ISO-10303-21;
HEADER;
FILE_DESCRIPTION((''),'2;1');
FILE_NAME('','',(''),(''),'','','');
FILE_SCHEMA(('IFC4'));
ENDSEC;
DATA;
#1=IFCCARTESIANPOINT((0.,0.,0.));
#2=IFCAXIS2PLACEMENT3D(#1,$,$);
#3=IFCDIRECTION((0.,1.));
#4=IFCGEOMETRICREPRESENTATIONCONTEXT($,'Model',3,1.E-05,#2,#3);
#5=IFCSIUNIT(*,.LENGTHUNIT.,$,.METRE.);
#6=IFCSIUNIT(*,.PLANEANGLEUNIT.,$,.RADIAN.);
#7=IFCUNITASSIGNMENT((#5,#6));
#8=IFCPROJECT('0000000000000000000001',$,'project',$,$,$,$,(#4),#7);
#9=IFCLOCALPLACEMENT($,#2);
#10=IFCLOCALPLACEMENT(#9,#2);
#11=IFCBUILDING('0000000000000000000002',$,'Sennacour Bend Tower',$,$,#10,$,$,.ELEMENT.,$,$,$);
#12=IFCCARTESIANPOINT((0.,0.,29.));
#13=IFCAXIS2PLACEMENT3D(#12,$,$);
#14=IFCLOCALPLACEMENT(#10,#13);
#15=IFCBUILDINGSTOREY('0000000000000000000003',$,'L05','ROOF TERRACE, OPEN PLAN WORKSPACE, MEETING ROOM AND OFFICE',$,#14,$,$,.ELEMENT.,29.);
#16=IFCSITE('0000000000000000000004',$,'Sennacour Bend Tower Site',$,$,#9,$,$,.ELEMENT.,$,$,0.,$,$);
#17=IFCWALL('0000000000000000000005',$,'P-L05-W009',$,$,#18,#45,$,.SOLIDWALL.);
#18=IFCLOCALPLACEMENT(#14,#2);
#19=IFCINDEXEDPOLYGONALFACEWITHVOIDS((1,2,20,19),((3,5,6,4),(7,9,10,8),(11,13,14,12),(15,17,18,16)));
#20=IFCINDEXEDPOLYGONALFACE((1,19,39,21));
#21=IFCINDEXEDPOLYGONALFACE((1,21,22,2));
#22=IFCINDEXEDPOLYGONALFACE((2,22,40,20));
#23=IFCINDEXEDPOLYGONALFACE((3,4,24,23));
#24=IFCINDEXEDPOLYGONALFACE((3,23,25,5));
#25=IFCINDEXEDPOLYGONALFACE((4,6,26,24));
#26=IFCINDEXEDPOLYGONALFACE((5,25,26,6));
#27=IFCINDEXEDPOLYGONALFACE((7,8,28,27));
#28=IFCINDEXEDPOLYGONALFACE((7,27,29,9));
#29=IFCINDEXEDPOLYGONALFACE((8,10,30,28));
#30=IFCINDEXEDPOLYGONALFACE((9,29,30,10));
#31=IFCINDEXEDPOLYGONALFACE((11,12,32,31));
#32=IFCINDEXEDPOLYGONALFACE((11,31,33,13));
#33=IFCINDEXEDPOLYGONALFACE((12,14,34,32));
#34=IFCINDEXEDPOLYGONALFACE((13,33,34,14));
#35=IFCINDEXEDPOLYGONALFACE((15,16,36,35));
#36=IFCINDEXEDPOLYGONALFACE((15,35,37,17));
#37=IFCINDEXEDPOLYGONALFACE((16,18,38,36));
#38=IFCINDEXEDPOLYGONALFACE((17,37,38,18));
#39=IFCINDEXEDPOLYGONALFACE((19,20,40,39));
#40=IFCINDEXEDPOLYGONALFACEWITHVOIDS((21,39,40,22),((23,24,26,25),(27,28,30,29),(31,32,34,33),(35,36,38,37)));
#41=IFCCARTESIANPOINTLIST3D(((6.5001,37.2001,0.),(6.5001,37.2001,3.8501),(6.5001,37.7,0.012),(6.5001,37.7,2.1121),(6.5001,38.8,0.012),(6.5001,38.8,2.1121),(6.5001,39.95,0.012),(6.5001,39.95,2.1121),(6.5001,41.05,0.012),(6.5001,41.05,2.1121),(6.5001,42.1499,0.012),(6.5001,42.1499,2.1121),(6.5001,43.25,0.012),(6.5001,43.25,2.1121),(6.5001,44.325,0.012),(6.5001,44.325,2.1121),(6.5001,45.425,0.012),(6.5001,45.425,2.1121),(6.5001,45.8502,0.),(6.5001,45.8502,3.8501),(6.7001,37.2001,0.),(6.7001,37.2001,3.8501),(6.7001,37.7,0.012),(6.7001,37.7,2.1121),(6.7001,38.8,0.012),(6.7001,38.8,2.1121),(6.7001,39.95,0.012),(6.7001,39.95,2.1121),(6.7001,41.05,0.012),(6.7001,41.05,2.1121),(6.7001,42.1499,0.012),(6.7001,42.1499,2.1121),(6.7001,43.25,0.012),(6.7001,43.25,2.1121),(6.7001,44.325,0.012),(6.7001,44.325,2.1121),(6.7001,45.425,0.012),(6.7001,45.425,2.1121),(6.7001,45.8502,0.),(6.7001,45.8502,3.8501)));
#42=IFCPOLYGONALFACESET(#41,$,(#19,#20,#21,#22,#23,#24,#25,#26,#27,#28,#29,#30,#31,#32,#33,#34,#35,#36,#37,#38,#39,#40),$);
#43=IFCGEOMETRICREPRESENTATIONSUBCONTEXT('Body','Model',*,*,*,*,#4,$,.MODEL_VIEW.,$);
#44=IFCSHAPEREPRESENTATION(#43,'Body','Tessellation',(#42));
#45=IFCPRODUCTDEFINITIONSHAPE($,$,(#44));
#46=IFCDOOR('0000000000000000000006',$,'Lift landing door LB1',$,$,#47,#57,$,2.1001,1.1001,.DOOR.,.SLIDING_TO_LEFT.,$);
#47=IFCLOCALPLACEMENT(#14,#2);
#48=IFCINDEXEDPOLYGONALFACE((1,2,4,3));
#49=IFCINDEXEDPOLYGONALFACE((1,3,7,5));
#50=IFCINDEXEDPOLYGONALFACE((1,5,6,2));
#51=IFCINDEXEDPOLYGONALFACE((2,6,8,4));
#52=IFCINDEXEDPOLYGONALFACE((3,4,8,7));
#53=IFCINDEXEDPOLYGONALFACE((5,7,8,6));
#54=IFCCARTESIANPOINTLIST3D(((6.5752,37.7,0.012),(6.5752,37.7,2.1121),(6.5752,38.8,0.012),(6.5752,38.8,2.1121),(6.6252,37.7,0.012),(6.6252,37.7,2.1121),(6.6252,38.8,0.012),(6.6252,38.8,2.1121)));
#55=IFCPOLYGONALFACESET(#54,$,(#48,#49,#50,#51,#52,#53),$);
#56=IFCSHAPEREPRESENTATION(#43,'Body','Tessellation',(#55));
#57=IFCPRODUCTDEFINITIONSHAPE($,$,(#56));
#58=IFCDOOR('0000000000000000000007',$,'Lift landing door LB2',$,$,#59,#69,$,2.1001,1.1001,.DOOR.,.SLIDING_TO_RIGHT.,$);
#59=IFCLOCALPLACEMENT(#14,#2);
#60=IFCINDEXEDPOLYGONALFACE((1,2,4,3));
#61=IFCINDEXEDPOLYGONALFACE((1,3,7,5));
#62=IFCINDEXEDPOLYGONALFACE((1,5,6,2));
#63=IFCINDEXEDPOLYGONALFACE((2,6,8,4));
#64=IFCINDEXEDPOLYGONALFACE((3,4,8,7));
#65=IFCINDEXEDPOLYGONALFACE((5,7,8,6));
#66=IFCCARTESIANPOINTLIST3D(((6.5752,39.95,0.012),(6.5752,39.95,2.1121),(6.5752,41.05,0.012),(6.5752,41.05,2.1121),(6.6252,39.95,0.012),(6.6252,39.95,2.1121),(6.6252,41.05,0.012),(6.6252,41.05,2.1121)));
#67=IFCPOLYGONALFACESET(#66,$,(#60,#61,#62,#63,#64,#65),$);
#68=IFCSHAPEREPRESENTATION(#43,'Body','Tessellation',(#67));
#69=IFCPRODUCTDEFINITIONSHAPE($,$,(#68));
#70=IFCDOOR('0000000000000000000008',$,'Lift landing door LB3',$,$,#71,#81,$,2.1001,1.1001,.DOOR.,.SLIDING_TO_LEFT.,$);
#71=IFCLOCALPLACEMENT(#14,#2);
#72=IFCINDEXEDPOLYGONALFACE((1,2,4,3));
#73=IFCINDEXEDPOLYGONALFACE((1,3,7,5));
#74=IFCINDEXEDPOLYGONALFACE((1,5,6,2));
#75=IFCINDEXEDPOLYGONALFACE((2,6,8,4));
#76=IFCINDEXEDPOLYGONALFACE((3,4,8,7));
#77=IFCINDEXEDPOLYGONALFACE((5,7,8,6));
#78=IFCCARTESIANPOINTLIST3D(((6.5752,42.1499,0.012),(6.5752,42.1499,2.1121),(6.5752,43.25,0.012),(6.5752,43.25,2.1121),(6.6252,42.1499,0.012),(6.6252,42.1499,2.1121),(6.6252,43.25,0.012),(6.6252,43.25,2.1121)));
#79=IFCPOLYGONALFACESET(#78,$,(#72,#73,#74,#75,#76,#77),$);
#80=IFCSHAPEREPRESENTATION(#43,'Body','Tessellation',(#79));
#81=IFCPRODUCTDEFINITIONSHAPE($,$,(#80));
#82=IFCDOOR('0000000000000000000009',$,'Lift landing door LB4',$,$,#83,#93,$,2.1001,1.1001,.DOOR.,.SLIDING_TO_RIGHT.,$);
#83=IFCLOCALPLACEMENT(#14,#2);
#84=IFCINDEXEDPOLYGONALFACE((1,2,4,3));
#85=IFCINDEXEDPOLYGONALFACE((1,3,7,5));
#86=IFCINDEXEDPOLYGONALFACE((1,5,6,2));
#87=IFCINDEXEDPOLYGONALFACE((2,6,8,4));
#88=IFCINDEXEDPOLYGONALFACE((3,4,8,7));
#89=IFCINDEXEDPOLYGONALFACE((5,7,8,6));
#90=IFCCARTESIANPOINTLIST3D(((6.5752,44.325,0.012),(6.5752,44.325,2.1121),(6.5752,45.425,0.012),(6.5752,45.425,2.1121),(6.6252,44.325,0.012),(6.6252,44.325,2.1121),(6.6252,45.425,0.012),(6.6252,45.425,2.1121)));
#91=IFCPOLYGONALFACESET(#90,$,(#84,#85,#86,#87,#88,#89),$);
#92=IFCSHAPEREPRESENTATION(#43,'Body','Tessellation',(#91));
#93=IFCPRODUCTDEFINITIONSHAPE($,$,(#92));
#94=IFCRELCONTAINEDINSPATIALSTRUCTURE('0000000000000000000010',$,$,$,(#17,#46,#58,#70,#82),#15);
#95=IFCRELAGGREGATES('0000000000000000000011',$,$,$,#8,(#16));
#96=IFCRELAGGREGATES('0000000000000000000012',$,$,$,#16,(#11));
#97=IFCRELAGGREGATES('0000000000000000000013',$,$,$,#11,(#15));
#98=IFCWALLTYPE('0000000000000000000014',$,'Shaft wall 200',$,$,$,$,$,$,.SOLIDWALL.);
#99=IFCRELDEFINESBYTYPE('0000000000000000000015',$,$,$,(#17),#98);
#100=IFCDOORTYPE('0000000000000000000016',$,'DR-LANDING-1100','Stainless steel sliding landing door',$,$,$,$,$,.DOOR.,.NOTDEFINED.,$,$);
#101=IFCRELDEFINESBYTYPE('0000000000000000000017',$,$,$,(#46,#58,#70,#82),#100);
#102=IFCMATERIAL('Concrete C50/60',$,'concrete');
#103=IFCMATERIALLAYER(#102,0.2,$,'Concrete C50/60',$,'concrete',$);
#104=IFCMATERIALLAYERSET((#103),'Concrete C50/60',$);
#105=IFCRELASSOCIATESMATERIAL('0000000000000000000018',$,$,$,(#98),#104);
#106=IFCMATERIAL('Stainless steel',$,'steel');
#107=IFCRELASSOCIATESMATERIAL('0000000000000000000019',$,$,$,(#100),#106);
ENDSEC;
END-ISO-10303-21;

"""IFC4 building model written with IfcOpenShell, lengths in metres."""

from ifc_helpers import new_model, si_unit, direction, frame, frame_2d, origin, place, context, subcontext, project, spatial, rectangle, extrude, material, layer, layer_set, type_object, element, fill, save


model = new_model("IFC4")

# Units and contexts
model_context = context("Model", 3, precision=1e-05, world=origin(), true_north=direction((0.0, 1.0)))
body_context = subcontext(model_context, "Body", "Model", "MODEL_VIEW")
ifc_project = project(units=[si_unit("LENGTHUNIT", "METRE"), si_unit("PLANEANGLEUNIT", "RADIAN")], contexts=[model_context])

# Site, building, storey
site_placement = place(None, origin())
site = spatial("IfcSite", under=ifc_project, at=site_placement, Name="Sennacour Bend Tower Site", CompositionType="ELEMENT", RefElevation=0.0)
building_placement = place(site_placement, origin())
building = spatial("IfcBuilding", under=site, at=building_placement, Name="Sennacour Bend Tower", CompositionType="ELEMENT")
storey_placement = place(building_placement, frame((0.0, 0.0, 29.0)))
storey = spatial("IfcBuildingStorey", under=building, at=storey_placement, Name="L05", Description="ROOF TERRACE, OPEN PLAN WORKSPACE, MEETING ROOM AND OFFICE", CompositionType="ELEMENT", Elevation=29.0)

# Wall, openings, doors
ifc_material_1 = material(Name="Concrete C50/60", Category="concrete")
ifc_layer_1 = layer(ifc_material_1, 0.2, Name="Concrete C50/60", Category="concrete")
ifc_layer_set_1 = layer_set([ifc_layer_1], Name="Concrete C50/60")
wall_type_1 = type_object("IfcWallType", Name="Shaft wall 200", PredefinedType="SOLIDWALL", material=ifc_layer_set_1)
wall_1_placement = place(storey_placement, frame((6.6001, 37.2, 0.0), z_axis=(0.0, 0.0, 1.0), x_axis=(0.0, 1.0, 0.0)))
wall_1 = element("IfcWall", 1, at=wall_1_placement, inside=storey, type_object=wall_type_1, Name="P-L05-W009", PredefinedType="SOLIDWALL", context=body_context, shape_type="SweptSolid", body=[
    extrude(rectangle(XDim=8.6501, YDim=0.2, at=frame_2d((4.3252, 0.0))), origin(), (0.0, 0.0, 1.0), 3.8501),
])
opening_1_placement = place(wall_1_placement, frame((0.5, 0.0, 0.012)))
opening_1 = element("IfcOpeningElement", 2, at=opening_1_placement, cuts=wall_1, PredefinedType="OPENING", context=body_context, shape_type="SweptSolid", body=[
    extrude(rectangle(XDim=1.1001, YDim=2.1001, at=frame_2d((0.55, 1.05))), frame((0.0, 0.1099, 0.0), z_axis=(0.0, -1.0, 0.0), x_axis=(1.0, 0.0, 0.0)), (0.0, 0.0, 1.0), 0.22),
])
opening_2_placement = place(wall_1_placement, frame((2.75, 0.0, 0.012)))
opening_2 = element("IfcOpeningElement", 3, at=opening_2_placement, cuts=wall_1, PredefinedType="OPENING", context=body_context, shape_type="SweptSolid", body=[
    extrude(rectangle(XDim=1.1001, YDim=2.1001, at=frame_2d((0.55, 1.05))), frame((0.0, 0.1099, 0.0), z_axis=(0.0, -1.0, 0.0), x_axis=(1.0, 0.0, 0.0)), (0.0, 0.0, 1.0), 0.22),
])
opening_3_placement = place(wall_1_placement, frame((4.95, 0.0, 0.012)))
opening_3 = element("IfcOpeningElement", 4, at=opening_3_placement, cuts=wall_1, PredefinedType="OPENING", context=body_context, shape_type="SweptSolid", body=[
    extrude(rectangle(XDim=1.1001, YDim=2.1001, at=frame_2d((0.55, 1.05))), frame((0.0, 0.1099, 0.0), z_axis=(0.0, -1.0, 0.0), x_axis=(1.0, 0.0, 0.0)), (0.0, 0.0, 1.0), 0.22),
])
opening_4_placement = place(wall_1_placement, frame((7.125, 0.0, 0.012)))
opening_4 = element("IfcOpeningElement", 5, at=opening_4_placement, cuts=wall_1, PredefinedType="OPENING", context=body_context, shape_type="SweptSolid", body=[
    extrude(rectangle(XDim=1.1001, YDim=2.1001, at=frame_2d((0.55, 1.05))), frame((0.0, 0.1099, 0.0), z_axis=(0.0, -1.0, 0.0), x_axis=(1.0, 0.0, 0.0)), (0.0, 0.0, 1.0), 0.22),
])
ifc_material_2 = material(Name="Stainless steel", Category="steel")
door_type_1 = type_object("IfcDoorType", Name="DR-LANDING-1100", Description="Stainless steel sliding landing door", OperationType="NOTDEFINED", PredefinedType="DOOR", material=ifc_material_2)
door_1_placement = place(opening_1_placement, origin())
door_1 = element("IfcDoor", 6, at=door_1_placement, inside=storey, type_object=door_type_1, Name="Lift landing door LB1", OperationType="SLIDING_TO_LEFT", OverallHeight=2.1001, OverallWidth=1.1001, PredefinedType="DOOR", context=body_context, shape_type="SweptSolid", body=[
    extrude(rectangle(XDim=1.1001, YDim=2.1001, at=frame_2d((0.55, 1.05))), frame((0.0, 0.0249, 0.0), z_axis=(0.0, -1.0, 0.0), x_axis=(1.0, 0.0, 0.0)), (0.0, 0.0, 1.0), 0.05),
])
fill(opening_1, door_1)
door_2_placement = place(opening_2_placement, origin())
door_2 = element("IfcDoor", 7, at=door_2_placement, inside=storey, type_object=door_type_1, Name="Lift landing door LB2", OperationType="SLIDING_TO_RIGHT", OverallHeight=2.1001, OverallWidth=1.1001, PredefinedType="DOOR", context=body_context, shape_type="SweptSolid", body=[
    extrude(rectangle(XDim=1.1001, YDim=2.1001, at=frame_2d((0.55, 1.05))), frame((0.0, 0.0249, 0.0), z_axis=(0.0, -1.0, 0.0), x_axis=(1.0, 0.0, 0.0)), (0.0, 0.0, 1.0), 0.05),
])
fill(opening_2, door_2)
door_3_placement = place(opening_3_placement, origin())
door_3 = element("IfcDoor", 8, at=door_3_placement, inside=storey, type_object=door_type_1, Name="Lift landing door LB3", OperationType="SLIDING_TO_LEFT", OverallHeight=2.1001, OverallWidth=1.1001, PredefinedType="DOOR", context=body_context, shape_type="SweptSolid", body=[
    extrude(rectangle(XDim=1.1001, YDim=2.1001, at=frame_2d((0.55, 1.05))), frame((0.0, 0.0249, 0.0), z_axis=(0.0, -1.0, 0.0), x_axis=(1.0, 0.0, 0.0)), (0.0, 0.0, 1.0), 0.05),
])
fill(opening_3, door_3)
door_4_placement = place(opening_4_placement, origin())
door_4 = element("IfcDoor", 9, at=door_4_placement, inside=storey, type_object=door_type_1, Name="Lift landing door LB4", OperationType="SLIDING_TO_RIGHT", OverallHeight=2.1001, OverallWidth=1.1001, PredefinedType="DOOR", context=body_context, shape_type="SweptSolid", body=[
    extrude(rectangle(XDim=1.1001, YDim=2.1001, at=frame_2d((0.55, 1.05))), frame((0.0, 0.0249, 0.0), z_axis=(0.0, -1.0, 0.0), x_axis=(1.0, 0.0, 0.0)), (0.0, 0.0, 1.0), 0.05),
])
fill(opening_4, door_4)

save(model, "model.ifc")
